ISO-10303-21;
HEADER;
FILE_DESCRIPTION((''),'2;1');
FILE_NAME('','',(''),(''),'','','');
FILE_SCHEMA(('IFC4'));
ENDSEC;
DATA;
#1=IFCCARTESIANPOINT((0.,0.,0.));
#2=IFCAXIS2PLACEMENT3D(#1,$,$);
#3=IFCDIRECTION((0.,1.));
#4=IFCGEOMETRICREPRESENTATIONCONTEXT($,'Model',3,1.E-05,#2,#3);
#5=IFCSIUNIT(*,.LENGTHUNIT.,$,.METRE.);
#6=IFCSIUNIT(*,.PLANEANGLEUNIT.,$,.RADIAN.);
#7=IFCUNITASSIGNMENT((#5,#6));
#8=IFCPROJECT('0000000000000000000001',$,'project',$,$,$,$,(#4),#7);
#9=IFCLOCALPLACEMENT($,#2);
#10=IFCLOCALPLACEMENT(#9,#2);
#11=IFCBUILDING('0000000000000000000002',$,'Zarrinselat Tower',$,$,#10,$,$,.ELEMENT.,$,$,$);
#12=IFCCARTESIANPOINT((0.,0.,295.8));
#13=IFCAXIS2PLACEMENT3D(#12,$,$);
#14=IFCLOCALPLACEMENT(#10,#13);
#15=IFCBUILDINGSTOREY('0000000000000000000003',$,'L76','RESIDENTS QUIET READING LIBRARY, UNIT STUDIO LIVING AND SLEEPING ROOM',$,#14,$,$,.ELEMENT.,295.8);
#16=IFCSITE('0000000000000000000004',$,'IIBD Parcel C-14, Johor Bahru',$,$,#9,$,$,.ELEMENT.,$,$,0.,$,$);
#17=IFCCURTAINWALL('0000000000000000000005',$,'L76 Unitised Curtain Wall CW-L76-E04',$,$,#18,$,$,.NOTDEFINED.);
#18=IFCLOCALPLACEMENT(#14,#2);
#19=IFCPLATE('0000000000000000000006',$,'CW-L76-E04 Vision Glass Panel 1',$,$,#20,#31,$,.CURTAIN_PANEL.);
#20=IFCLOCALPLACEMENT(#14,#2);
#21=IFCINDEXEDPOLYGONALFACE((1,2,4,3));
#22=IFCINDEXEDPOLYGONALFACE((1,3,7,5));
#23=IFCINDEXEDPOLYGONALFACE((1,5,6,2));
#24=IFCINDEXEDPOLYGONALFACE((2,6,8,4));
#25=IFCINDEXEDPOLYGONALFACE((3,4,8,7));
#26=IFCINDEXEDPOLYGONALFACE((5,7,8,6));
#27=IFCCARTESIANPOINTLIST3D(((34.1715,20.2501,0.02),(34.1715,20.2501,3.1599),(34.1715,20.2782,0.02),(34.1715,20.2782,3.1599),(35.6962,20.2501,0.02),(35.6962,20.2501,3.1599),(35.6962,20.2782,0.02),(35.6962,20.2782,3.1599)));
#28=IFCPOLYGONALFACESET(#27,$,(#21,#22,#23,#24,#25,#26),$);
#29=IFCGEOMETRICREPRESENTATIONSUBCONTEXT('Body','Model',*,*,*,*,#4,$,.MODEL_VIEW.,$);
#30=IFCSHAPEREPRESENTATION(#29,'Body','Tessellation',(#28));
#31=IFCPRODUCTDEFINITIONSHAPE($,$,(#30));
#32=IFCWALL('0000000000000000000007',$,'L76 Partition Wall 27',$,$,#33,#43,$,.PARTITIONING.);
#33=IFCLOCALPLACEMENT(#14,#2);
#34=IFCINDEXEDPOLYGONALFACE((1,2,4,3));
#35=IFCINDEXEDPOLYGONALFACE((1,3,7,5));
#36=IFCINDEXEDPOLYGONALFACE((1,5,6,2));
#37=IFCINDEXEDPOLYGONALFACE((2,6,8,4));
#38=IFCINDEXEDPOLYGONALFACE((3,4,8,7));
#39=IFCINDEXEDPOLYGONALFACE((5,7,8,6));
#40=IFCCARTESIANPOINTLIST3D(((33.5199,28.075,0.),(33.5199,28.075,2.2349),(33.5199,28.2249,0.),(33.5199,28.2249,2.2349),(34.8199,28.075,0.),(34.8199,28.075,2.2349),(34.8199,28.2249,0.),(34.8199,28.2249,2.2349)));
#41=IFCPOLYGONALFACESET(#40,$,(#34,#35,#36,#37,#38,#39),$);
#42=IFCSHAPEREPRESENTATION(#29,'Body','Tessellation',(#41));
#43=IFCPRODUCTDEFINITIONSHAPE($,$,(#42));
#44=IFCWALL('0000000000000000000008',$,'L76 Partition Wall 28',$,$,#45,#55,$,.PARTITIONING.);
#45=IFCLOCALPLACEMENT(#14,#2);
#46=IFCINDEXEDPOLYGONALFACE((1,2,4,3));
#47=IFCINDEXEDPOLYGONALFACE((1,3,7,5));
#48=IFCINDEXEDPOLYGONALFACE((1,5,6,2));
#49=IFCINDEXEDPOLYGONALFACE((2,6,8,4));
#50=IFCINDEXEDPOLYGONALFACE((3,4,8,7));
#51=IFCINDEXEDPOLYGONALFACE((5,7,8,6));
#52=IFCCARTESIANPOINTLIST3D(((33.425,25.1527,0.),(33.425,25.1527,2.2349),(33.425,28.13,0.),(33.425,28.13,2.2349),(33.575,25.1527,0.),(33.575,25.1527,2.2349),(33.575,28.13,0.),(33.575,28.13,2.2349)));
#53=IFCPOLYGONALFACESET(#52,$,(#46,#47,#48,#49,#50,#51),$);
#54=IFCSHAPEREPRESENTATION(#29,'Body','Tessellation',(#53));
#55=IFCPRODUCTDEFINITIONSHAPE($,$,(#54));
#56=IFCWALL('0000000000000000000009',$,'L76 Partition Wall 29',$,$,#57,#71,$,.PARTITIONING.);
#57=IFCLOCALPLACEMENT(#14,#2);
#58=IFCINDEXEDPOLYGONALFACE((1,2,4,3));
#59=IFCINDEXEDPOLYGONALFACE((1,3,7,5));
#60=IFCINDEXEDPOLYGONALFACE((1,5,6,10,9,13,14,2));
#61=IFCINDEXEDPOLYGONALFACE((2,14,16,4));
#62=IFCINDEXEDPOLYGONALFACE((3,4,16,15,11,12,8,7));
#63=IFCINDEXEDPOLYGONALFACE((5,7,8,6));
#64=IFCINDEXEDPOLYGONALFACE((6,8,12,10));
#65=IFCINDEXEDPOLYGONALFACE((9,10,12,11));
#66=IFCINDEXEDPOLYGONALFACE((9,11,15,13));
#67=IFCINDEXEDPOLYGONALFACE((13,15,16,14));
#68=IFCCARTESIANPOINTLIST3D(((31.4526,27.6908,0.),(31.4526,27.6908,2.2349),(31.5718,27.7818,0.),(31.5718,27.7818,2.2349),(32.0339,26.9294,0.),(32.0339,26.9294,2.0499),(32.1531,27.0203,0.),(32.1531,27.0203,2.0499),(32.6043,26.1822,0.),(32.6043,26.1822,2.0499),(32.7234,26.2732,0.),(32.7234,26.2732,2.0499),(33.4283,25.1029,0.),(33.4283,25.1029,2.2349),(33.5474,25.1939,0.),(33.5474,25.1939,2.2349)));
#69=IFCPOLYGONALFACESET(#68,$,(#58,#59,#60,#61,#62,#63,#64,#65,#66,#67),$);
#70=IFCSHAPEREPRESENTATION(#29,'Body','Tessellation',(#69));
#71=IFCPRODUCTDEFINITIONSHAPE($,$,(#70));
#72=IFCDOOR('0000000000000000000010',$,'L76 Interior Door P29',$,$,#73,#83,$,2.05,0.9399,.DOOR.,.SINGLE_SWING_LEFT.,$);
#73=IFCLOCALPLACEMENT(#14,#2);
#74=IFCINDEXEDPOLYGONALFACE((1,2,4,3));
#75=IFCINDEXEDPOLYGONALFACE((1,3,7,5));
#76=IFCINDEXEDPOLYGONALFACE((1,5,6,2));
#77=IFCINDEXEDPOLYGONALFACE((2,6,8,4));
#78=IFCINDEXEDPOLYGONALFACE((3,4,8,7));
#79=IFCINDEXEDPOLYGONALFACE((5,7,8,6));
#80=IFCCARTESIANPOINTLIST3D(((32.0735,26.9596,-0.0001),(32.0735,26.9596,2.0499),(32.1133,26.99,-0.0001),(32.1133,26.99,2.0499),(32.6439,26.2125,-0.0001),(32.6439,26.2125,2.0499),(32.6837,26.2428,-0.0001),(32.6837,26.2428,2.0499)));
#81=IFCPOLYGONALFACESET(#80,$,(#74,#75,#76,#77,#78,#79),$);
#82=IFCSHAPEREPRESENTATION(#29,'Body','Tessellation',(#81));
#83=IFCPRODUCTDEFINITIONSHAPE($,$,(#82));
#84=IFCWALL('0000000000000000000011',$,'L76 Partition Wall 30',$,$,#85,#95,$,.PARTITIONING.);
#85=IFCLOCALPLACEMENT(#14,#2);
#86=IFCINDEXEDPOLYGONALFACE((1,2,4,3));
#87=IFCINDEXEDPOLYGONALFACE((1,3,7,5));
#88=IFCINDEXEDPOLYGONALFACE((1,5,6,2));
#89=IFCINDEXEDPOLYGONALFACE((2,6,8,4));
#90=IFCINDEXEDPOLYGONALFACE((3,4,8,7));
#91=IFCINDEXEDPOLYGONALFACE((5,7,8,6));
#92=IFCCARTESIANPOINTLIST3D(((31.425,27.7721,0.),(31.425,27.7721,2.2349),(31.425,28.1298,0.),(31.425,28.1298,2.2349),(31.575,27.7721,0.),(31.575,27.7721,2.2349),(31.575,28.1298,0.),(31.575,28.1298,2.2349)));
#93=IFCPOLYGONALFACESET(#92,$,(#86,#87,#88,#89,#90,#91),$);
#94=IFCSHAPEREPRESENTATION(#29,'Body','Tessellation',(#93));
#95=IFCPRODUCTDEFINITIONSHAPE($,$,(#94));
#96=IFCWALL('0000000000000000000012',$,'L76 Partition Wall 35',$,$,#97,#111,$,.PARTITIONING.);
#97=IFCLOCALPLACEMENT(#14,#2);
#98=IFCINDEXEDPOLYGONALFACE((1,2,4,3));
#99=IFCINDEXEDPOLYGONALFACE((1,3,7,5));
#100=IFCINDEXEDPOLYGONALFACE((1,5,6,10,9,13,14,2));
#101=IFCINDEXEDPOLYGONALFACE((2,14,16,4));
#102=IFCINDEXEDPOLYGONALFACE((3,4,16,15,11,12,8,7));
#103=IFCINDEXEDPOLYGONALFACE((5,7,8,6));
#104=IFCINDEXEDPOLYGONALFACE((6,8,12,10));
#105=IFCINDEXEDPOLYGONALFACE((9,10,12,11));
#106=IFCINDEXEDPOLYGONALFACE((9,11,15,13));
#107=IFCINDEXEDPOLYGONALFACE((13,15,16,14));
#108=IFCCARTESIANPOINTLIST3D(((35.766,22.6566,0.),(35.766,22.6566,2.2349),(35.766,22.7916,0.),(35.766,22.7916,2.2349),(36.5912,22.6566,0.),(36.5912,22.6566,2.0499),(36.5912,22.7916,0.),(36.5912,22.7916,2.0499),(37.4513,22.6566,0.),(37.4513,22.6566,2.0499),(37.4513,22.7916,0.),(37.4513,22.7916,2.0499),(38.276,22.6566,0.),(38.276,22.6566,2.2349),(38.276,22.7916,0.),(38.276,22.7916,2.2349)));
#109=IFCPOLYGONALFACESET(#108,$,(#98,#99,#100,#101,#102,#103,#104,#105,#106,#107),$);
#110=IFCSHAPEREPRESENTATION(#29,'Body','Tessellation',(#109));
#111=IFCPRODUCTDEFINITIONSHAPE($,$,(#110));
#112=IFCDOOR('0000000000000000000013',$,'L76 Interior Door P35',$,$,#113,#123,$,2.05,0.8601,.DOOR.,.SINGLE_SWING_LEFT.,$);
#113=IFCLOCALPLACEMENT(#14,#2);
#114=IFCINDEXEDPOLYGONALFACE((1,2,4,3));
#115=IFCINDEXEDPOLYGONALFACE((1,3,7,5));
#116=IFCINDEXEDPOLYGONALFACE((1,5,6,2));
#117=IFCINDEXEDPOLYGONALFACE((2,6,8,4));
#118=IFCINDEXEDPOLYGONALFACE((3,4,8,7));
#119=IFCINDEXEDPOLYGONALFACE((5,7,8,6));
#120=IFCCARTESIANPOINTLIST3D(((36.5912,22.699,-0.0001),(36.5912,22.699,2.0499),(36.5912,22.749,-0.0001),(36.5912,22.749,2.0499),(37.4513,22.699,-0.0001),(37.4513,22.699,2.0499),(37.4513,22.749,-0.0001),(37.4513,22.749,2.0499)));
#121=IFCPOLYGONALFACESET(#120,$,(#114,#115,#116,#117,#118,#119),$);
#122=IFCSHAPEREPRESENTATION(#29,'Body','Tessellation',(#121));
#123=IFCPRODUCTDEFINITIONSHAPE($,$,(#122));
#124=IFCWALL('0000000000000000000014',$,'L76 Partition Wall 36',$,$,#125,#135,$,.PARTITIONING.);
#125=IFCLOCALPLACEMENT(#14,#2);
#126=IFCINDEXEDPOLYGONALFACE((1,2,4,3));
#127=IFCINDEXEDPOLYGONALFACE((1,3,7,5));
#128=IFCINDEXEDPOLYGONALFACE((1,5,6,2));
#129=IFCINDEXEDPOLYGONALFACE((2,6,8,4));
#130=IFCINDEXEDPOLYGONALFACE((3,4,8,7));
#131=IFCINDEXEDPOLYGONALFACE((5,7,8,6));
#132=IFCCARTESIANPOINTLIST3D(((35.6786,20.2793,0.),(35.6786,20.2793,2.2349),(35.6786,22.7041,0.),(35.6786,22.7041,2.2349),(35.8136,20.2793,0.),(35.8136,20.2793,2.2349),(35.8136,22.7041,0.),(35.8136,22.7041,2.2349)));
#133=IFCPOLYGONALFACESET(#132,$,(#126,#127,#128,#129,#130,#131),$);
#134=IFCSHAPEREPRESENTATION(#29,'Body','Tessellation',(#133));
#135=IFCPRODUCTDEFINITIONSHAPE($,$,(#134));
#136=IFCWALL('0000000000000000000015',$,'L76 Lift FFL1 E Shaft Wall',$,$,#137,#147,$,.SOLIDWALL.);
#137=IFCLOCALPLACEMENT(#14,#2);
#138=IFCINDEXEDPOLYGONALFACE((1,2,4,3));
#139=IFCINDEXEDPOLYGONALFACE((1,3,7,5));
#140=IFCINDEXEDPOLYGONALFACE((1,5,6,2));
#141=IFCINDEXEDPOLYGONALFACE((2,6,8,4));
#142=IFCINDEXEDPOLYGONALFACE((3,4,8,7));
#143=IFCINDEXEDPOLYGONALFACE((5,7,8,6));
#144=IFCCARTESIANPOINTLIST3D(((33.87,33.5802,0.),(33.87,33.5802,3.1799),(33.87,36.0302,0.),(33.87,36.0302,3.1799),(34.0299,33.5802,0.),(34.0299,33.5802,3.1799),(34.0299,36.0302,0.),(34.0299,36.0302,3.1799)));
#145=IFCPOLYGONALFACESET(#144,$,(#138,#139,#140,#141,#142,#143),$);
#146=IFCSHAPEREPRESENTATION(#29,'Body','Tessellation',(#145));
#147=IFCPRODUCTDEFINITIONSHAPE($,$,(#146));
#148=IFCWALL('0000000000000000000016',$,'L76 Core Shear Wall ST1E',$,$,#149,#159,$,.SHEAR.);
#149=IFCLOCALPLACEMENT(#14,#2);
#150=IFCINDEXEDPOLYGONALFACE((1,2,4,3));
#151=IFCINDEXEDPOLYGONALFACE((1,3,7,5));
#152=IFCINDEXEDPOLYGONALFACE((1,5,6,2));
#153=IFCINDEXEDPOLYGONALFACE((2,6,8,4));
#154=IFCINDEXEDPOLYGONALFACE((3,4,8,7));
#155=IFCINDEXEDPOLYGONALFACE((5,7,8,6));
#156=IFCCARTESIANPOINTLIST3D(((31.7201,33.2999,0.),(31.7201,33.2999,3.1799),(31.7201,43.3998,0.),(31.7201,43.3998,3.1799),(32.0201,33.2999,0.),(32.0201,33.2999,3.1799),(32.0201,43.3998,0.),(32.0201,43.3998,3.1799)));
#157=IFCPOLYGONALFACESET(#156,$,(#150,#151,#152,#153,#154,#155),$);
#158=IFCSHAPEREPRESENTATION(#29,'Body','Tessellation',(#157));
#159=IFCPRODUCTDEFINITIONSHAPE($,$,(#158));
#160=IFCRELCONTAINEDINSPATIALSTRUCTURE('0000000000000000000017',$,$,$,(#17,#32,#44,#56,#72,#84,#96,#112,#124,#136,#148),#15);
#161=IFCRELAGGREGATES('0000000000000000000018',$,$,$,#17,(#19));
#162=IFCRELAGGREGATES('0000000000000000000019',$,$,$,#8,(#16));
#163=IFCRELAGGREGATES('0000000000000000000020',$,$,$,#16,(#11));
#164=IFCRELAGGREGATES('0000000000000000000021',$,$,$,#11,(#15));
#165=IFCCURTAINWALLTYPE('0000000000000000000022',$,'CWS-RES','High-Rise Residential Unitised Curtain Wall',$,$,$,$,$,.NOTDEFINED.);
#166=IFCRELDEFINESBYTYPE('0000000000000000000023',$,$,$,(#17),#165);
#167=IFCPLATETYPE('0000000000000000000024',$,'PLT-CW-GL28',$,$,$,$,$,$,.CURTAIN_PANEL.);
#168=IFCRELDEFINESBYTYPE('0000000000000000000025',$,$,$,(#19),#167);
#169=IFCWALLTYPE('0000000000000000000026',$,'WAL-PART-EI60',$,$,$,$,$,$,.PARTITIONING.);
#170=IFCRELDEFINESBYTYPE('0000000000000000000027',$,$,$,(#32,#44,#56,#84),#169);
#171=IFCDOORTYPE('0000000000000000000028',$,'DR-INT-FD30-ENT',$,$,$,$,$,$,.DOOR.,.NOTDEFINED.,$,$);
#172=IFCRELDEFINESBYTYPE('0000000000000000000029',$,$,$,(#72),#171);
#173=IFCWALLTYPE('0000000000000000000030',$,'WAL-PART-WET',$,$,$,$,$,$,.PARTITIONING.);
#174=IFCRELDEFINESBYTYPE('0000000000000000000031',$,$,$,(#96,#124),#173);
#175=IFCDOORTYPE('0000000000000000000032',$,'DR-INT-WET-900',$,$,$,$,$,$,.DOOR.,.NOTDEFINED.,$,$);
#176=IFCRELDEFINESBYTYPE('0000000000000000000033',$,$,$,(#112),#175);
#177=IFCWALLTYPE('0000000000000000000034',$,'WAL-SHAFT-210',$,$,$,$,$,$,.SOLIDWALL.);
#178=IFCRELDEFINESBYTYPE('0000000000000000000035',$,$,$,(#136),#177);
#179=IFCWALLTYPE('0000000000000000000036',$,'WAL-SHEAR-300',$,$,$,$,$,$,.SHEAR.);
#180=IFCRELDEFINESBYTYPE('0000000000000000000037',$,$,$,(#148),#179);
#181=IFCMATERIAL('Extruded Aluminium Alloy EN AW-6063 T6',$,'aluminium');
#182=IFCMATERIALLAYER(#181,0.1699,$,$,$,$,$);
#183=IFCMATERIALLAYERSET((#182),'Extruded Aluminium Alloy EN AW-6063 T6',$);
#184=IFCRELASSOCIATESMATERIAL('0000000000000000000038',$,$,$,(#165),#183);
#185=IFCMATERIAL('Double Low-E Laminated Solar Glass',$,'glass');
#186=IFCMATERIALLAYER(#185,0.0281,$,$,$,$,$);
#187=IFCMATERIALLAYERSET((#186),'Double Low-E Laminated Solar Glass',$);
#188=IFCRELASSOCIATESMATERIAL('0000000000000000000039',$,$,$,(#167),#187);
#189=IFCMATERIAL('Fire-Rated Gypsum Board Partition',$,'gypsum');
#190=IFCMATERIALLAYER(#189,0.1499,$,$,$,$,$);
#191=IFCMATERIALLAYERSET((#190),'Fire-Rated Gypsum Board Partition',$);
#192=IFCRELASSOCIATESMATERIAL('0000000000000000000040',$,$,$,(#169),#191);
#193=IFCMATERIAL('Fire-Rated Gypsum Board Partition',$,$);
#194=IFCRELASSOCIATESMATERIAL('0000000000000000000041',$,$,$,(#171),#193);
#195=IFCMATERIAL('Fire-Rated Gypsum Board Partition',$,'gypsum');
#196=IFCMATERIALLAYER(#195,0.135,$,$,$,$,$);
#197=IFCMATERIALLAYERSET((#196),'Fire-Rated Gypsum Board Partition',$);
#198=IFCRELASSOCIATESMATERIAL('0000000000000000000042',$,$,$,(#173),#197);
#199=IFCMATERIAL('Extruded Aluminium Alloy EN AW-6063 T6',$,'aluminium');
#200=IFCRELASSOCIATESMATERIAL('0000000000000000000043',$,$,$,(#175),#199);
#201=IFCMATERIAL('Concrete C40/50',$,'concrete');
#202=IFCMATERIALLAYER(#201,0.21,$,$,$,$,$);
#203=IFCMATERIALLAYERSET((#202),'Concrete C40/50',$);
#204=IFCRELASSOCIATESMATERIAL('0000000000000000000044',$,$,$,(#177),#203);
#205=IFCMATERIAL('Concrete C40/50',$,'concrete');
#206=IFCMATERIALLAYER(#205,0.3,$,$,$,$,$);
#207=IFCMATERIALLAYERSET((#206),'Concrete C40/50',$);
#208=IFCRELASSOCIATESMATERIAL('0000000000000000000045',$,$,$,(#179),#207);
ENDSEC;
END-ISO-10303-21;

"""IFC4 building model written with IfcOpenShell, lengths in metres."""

from ifc_helpers import new_model, si_unit, direction, frame, frame_2d, origin, origin_2d, place, context, subcontext, project, spatial, rectangle, extrude, material, layer, layer_set, type_object, element, fill, aggregate, save


model = new_model("IFC4")

# Units and contexts
model_context = context("Model", 3, precision=1e-05, world=origin(), true_north=direction((0.0, 1.0)))
body_context = subcontext(model_context, "Body", "Model", "MODEL_VIEW")
ifc_project = project(units=[si_unit("LENGTHUNIT", "METRE"), si_unit("PLANEANGLEUNIT", "RADIAN")], contexts=[model_context])

# Site, building, storey
site_placement = place(None, origin())
site = spatial("IfcSite", under=ifc_project, at=site_placement, Name="IIBD Parcel C-14, Johor Bahru", CompositionType="ELEMENT", RefElevation=0.0)
building_placement = place(site_placement, origin())
building = spatial("IfcBuilding", under=site, at=building_placement, Name="Zarrinselat Tower", CompositionType="ELEMENT")
storey_placement = place(building_placement, frame((0.0, 0.0, 295.8)))
storey = spatial("IfcBuildingStorey", under=building, at=storey_placement, Name="L76", Description="RESIDENTS QUIET READING LIBRARY, UNIT STUDIO LIVING AND SLEEPING ROOM", CompositionType="ELEMENT", Elevation=295.8)

# Curtain wall
ifc_material_1 = material(Name="Extruded Aluminium Alloy EN AW-6063 T6", Category="aluminium")
ifc_layer_1 = layer(ifc_material_1, 0.1699)
ifc_layer_set_1 = layer_set([ifc_layer_1], Name="Extruded Aluminium Alloy EN AW-6063 T6")
curtain_wall_type = type_object("IfcCurtainWallType", Name="CWS-RES", Description="High-Rise Residential Unitised Curtain Wall", PredefinedType="NOTDEFINED", material=ifc_layer_set_1)
curtain_wall_1_placement = place(storey_placement, origin())
curtain_wall_1 = element("IfcCurtainWall", 1, at=curtain_wall_1_placement, inside=storey, type_object=curtain_wall_type, Name="L76 Unitised Curtain Wall CW-L76-E04", PredefinedType="NOTDEFINED")

# Plate
ifc_material_2 = material(Name="Double Low-E Laminated Solar Glass", Category="glass")
ifc_layer_2 = layer(ifc_material_2, 0.0281)
ifc_layer_set_2 = layer_set([ifc_layer_2], Name="Double Low-E Laminated Solar Glass")
plate_type = type_object("IfcPlateType", Name="PLT-CW-GL28", PredefinedType="CURTAIN_PANEL", material=ifc_layer_set_2)
plate_1_placement = place(storey_placement, frame((34.9338, 20.2642, 0.02), z_axis=(0.0, 0.0, 1.0), x_axis=(1.0, 0.0, 0.0)))
plate_1 = element("IfcPlate", 2, at=plate_1_placement, type_object=plate_type, Name="CW-L76-E04 Vision Glass Panel 1", PredefinedType="CURTAIN_PANEL", context=body_context, shape_type="SweptSolid", body=[
    extrude(rectangle(XDim=1.5247, YDim=0.0281, at=origin_2d()), origin(), (0.0, 0.0, 1.0), 3.1399),
])
aggregate(curtain_wall_1, [plate_1])

# Walls
ifc_material_3 = material(Name="Fire-Rated Gypsum Board Partition", Category="gypsum")
ifc_layer_3 = layer(ifc_material_3, 0.1499)
ifc_layer_set_3 = layer_set([ifc_layer_3], Name="Fire-Rated Gypsum Board Partition")
wall_type_1 = type_object("IfcWallType", Name="WAL-PART-EI60", PredefinedType="PARTITIONING", material=ifc_layer_set_3)
wall_1_placement = place(storey_placement, frame((33.52, 28.1499, 0.0), z_axis=(0.0, 0.0, 1.0), x_axis=(1.0, 0.0, 0.0)))
element("IfcWall", 3, at=wall_1_placement, inside=storey, type_object=wall_type_1, Name="L76 Partition Wall 27", PredefinedType="PARTITIONING", context=body_context, shape_type="SweptSolid", body=[
    extrude(rectangle(XDim=1.3, YDim=0.1499, at=frame_2d((0.6499, 0.0))), origin(), (0.0, 0.0, 1.0), 2.2349),
])
wall_2_placement = place(storey_placement, frame((33.5, 25.1526, 0.0), z_axis=(0.0, 0.0, 1.0), x_axis=(0.0, 1.0, 0.0)))
element("IfcWall", 4, at=wall_2_placement, inside=storey, type_object=wall_type_1, Name="L76 Partition Wall 28", PredefinedType="PARTITIONING", context=body_context, shape_type="SweptSolid", body=[
    extrude(rectangle(XDim=2.9773, YDim=0.1499, at=frame_2d((1.4888, 0.0))), origin(), (0.0, 0.0, 1.0), 2.2349),
])

# Wall, opening, door
wall_3_placement = place(storey_placement, frame((31.5122, 27.7363, 0.0), z_axis=(0.0, 0.0, 1.0), x_axis=(0.606793, -0.79486, 0.0)))
wall_3 = element("IfcWall", 5, at=wall_3_placement, inside=storey, type_object=wall_type_1, Name="L76 Partition Wall 29", PredefinedType="PARTITIONING", context=body_context, shape_type="SweptSolid", body=[
    extrude(rectangle(XDim=3.2559, YDim=0.1499, at=frame_2d((1.6279, 0.0))), origin(), (0.0, 0.0, 1.0), 2.2349),
])
opening_1_placement = place(wall_3_placement, frame((0.958, 0.0, 0.0)))
opening_1 = element("IfcOpeningElement", 6, at=opening_1_placement, cuts=wall_3, PredefinedType="OPENING", context=body_context, shape_type="SweptSolid", body=[
    extrude(rectangle(XDim=0.9399, YDim=2.05, at=frame_2d((0.47, 1.0249))), frame((0.0, 0.085, 0.0), z_axis=(0.0, -1.0, 0.0), x_axis=(1.0, 0.0, 0.0)), (0.0, 0.0, 1.0), 0.1699),
])
ifc_material_4 = material(Name="Fire-Rated Gypsum Board Partition")
door_type_1 = type_object("IfcDoorType", Name="DR-INT-FD30-ENT", OperationType="NOTDEFINED", PredefinedType="DOOR", material=ifc_material_4)
door_1_placement = place(opening_1_placement, origin())
door_1 = element("IfcDoor", 7, at=door_1_placement, inside=storey, type_object=door_type_1, Name="L76 Interior Door P29", OperationType="SINGLE_SWING_LEFT", OverallHeight=2.05, OverallWidth=0.9399, PredefinedType="DOOR", context=body_context, shape_type="SweptSolid", body=[
    extrude(rectangle(XDim=0.9399, YDim=2.05, at=frame_2d((0.47, 1.0249))), frame((0.0, 0.0249, 0.0), z_axis=(0.0, -1.0, 0.0), x_axis=(1.0, 0.0, 0.0)), (0.0, 0.0, 1.0), 0.05),
])
fill(opening_1, door_1)

# Wall
wall_4_placement = place(storey_placement, frame((31.5, 27.7722, 0.0), z_axis=(0.0, 0.0, 1.0), x_axis=(0.0, 1.0, 0.0)))
element("IfcWall", 8, at=wall_4_placement, inside=storey, type_object=wall_type_1, Name="L76 Partition Wall 30", PredefinedType="PARTITIONING", context=body_context, shape_type="SweptSolid", body=[
    extrude(rectangle(XDim=0.3577, YDim=0.1499, at=frame_2d((0.1787, 0.0))), origin(), (0.0, 0.0, 1.0), 2.2349),
])

# Wall, opening, door
ifc_material_5 = material(Name="Fire-Rated Gypsum Board Partition", Category="gypsum")
ifc_layer_4 = layer(ifc_material_5, 0.135)
ifc_layer_set_4 = layer_set([ifc_layer_4], Name="Fire-Rated Gypsum Board Partition")
wall_type_2 = type_object("IfcWallType", Name="WAL-PART-WET", PredefinedType="PARTITIONING", material=ifc_layer_set_4)
wall_5_placement = place(storey_placement, frame((35.7661, 22.7241, 0.0), z_axis=(0.0, 0.0, 1.0), x_axis=(1.0, 0.0, 0.0)))
wall_5 = element("IfcWall", 9, at=wall_5_placement, inside=storey, type_object=wall_type_2, Name="L76 Partition Wall 35", PredefinedType="PARTITIONING", context=body_context, shape_type="SweptSolid", body=[
    extrude(rectangle(XDim=2.51, YDim=0.135, at=frame_2d((1.2549, 0.0))), origin(), (0.0, 0.0, 1.0), 2.2349),
])
opening_2_placement = place(wall_5_placement, frame((0.825, 0.0, 0.0)))
opening_2 = element("IfcOpeningElement", 10, at=opening_2_placement, cuts=wall_5, PredefinedType="OPENING", context=body_context, shape_type="SweptSolid", body=[
    extrude(rectangle(XDim=0.8601, YDim=2.05, at=frame_2d((0.4302, 1.0249))), frame((0.0, 0.0774, 0.0), z_axis=(0.0, -1.0, 0.0), x_axis=(1.0, 0.0, 0.0)), (0.0, 0.0, 1.0), 0.155),
])
ifc_material_6 = material(Name="Extruded Aluminium Alloy EN AW-6063 T6", Category="aluminium")
door_type_2 = type_object("IfcDoorType", Name="DR-INT-WET-900", OperationType="NOTDEFINED", PredefinedType="DOOR", material=ifc_material_6)
door_2_placement = place(opening_2_placement, origin())
door_2 = element("IfcDoor", 11, at=door_2_placement, inside=storey, type_object=door_type_2, Name="L76 Interior Door P35", OperationType="SINGLE_SWING_LEFT", OverallHeight=2.05, OverallWidth=0.8601, PredefinedType="DOOR", context=body_context, shape_type="SweptSolid", body=[
    extrude(rectangle(XDim=0.8601, YDim=2.05, at=frame_2d((0.4302, 1.0249))), frame((0.0, 0.0249, 0.0), z_axis=(0.0, -1.0, 0.0), x_axis=(1.0, 0.0, 0.0)), (0.0, 0.0, 1.0), 0.05),
])
fill(opening_2, door_2)

# Walls
wall_6_placement = place(storey_placement, frame((35.7461, 20.2793, 0.0), z_axis=(0.0, 0.0, 1.0), x_axis=(0.0, 1.0, 0.0)))
element("IfcWall", 12, at=wall_6_placement, inside=storey, type_object=wall_type_2, Name="L76 Partition Wall 36", PredefinedType="PARTITIONING", context=body_context, shape_type="SweptSolid", body=[
    extrude(rectangle(XDim=2.4248, YDim=0.135, at=frame_2d((1.2124, 0.0))), origin(), (0.0, 0.0, 1.0), 2.2349),
])
ifc_material_7 = material(Name="Concrete C40/50", Category="concrete")
ifc_layer_5 = layer(ifc_material_7, 0.21)
ifc_layer_set_5 = layer_set([ifc_layer_5], Name="Concrete C40/50")
wall_type_3 = type_object("IfcWallType", Name="WAL-SHAFT-210", PredefinedType="SOLIDWALL", material=ifc_layer_set_5)
wall_7_placement = place(storey_placement, frame((33.95, 33.5801, 0.0), z_axis=(0.0, 0.0, 1.0), x_axis=(0.0, 1.0, 0.0)))
element("IfcWall", 13, at=wall_7_placement, inside=storey, type_object=wall_type_3, Name="L76 Lift FFL1 E Shaft Wall", PredefinedType="SOLIDWALL", context=body_context, shape_type="SweptSolid", body=[
    extrude(rectangle(XDim=2.45, YDim=0.1599, at=frame_2d((1.2251, 0.0))), origin(), (0.0, 0.0, 1.0), 3.1799),
])
ifc_material_8 = material(Name="Concrete C40/50", Category="concrete")
ifc_layer_6 = layer(ifc_material_8, 0.3)
ifc_layer_set_6 = layer_set([ifc_layer_6], Name="Concrete C40/50")
wall_type_4 = type_object("IfcWallType", Name="WAL-SHEAR-300", PredefinedType="SHEAR", material=ifc_layer_set_6)
wall_8_placement = place(storey_placement, frame((31.8701, 33.3, 0.0), z_axis=(0.0, 0.0, 1.0), x_axis=(0.0, 1.0, 0.0)))
element("IfcWall", 14, at=wall_8_placement, inside=storey, type_object=wall_type_4, Name="L76 Core Shear Wall ST1E", PredefinedType="SHEAR", context=body_context, shape_type="SweptSolid", body=[
    extrude(rectangle(XDim=10.0999, YDim=0.3, at=frame_2d((5.0498, 0.0))), origin(), (0.0, 0.0, 1.0), 3.1799),
])

save(model, "model.ifc")
